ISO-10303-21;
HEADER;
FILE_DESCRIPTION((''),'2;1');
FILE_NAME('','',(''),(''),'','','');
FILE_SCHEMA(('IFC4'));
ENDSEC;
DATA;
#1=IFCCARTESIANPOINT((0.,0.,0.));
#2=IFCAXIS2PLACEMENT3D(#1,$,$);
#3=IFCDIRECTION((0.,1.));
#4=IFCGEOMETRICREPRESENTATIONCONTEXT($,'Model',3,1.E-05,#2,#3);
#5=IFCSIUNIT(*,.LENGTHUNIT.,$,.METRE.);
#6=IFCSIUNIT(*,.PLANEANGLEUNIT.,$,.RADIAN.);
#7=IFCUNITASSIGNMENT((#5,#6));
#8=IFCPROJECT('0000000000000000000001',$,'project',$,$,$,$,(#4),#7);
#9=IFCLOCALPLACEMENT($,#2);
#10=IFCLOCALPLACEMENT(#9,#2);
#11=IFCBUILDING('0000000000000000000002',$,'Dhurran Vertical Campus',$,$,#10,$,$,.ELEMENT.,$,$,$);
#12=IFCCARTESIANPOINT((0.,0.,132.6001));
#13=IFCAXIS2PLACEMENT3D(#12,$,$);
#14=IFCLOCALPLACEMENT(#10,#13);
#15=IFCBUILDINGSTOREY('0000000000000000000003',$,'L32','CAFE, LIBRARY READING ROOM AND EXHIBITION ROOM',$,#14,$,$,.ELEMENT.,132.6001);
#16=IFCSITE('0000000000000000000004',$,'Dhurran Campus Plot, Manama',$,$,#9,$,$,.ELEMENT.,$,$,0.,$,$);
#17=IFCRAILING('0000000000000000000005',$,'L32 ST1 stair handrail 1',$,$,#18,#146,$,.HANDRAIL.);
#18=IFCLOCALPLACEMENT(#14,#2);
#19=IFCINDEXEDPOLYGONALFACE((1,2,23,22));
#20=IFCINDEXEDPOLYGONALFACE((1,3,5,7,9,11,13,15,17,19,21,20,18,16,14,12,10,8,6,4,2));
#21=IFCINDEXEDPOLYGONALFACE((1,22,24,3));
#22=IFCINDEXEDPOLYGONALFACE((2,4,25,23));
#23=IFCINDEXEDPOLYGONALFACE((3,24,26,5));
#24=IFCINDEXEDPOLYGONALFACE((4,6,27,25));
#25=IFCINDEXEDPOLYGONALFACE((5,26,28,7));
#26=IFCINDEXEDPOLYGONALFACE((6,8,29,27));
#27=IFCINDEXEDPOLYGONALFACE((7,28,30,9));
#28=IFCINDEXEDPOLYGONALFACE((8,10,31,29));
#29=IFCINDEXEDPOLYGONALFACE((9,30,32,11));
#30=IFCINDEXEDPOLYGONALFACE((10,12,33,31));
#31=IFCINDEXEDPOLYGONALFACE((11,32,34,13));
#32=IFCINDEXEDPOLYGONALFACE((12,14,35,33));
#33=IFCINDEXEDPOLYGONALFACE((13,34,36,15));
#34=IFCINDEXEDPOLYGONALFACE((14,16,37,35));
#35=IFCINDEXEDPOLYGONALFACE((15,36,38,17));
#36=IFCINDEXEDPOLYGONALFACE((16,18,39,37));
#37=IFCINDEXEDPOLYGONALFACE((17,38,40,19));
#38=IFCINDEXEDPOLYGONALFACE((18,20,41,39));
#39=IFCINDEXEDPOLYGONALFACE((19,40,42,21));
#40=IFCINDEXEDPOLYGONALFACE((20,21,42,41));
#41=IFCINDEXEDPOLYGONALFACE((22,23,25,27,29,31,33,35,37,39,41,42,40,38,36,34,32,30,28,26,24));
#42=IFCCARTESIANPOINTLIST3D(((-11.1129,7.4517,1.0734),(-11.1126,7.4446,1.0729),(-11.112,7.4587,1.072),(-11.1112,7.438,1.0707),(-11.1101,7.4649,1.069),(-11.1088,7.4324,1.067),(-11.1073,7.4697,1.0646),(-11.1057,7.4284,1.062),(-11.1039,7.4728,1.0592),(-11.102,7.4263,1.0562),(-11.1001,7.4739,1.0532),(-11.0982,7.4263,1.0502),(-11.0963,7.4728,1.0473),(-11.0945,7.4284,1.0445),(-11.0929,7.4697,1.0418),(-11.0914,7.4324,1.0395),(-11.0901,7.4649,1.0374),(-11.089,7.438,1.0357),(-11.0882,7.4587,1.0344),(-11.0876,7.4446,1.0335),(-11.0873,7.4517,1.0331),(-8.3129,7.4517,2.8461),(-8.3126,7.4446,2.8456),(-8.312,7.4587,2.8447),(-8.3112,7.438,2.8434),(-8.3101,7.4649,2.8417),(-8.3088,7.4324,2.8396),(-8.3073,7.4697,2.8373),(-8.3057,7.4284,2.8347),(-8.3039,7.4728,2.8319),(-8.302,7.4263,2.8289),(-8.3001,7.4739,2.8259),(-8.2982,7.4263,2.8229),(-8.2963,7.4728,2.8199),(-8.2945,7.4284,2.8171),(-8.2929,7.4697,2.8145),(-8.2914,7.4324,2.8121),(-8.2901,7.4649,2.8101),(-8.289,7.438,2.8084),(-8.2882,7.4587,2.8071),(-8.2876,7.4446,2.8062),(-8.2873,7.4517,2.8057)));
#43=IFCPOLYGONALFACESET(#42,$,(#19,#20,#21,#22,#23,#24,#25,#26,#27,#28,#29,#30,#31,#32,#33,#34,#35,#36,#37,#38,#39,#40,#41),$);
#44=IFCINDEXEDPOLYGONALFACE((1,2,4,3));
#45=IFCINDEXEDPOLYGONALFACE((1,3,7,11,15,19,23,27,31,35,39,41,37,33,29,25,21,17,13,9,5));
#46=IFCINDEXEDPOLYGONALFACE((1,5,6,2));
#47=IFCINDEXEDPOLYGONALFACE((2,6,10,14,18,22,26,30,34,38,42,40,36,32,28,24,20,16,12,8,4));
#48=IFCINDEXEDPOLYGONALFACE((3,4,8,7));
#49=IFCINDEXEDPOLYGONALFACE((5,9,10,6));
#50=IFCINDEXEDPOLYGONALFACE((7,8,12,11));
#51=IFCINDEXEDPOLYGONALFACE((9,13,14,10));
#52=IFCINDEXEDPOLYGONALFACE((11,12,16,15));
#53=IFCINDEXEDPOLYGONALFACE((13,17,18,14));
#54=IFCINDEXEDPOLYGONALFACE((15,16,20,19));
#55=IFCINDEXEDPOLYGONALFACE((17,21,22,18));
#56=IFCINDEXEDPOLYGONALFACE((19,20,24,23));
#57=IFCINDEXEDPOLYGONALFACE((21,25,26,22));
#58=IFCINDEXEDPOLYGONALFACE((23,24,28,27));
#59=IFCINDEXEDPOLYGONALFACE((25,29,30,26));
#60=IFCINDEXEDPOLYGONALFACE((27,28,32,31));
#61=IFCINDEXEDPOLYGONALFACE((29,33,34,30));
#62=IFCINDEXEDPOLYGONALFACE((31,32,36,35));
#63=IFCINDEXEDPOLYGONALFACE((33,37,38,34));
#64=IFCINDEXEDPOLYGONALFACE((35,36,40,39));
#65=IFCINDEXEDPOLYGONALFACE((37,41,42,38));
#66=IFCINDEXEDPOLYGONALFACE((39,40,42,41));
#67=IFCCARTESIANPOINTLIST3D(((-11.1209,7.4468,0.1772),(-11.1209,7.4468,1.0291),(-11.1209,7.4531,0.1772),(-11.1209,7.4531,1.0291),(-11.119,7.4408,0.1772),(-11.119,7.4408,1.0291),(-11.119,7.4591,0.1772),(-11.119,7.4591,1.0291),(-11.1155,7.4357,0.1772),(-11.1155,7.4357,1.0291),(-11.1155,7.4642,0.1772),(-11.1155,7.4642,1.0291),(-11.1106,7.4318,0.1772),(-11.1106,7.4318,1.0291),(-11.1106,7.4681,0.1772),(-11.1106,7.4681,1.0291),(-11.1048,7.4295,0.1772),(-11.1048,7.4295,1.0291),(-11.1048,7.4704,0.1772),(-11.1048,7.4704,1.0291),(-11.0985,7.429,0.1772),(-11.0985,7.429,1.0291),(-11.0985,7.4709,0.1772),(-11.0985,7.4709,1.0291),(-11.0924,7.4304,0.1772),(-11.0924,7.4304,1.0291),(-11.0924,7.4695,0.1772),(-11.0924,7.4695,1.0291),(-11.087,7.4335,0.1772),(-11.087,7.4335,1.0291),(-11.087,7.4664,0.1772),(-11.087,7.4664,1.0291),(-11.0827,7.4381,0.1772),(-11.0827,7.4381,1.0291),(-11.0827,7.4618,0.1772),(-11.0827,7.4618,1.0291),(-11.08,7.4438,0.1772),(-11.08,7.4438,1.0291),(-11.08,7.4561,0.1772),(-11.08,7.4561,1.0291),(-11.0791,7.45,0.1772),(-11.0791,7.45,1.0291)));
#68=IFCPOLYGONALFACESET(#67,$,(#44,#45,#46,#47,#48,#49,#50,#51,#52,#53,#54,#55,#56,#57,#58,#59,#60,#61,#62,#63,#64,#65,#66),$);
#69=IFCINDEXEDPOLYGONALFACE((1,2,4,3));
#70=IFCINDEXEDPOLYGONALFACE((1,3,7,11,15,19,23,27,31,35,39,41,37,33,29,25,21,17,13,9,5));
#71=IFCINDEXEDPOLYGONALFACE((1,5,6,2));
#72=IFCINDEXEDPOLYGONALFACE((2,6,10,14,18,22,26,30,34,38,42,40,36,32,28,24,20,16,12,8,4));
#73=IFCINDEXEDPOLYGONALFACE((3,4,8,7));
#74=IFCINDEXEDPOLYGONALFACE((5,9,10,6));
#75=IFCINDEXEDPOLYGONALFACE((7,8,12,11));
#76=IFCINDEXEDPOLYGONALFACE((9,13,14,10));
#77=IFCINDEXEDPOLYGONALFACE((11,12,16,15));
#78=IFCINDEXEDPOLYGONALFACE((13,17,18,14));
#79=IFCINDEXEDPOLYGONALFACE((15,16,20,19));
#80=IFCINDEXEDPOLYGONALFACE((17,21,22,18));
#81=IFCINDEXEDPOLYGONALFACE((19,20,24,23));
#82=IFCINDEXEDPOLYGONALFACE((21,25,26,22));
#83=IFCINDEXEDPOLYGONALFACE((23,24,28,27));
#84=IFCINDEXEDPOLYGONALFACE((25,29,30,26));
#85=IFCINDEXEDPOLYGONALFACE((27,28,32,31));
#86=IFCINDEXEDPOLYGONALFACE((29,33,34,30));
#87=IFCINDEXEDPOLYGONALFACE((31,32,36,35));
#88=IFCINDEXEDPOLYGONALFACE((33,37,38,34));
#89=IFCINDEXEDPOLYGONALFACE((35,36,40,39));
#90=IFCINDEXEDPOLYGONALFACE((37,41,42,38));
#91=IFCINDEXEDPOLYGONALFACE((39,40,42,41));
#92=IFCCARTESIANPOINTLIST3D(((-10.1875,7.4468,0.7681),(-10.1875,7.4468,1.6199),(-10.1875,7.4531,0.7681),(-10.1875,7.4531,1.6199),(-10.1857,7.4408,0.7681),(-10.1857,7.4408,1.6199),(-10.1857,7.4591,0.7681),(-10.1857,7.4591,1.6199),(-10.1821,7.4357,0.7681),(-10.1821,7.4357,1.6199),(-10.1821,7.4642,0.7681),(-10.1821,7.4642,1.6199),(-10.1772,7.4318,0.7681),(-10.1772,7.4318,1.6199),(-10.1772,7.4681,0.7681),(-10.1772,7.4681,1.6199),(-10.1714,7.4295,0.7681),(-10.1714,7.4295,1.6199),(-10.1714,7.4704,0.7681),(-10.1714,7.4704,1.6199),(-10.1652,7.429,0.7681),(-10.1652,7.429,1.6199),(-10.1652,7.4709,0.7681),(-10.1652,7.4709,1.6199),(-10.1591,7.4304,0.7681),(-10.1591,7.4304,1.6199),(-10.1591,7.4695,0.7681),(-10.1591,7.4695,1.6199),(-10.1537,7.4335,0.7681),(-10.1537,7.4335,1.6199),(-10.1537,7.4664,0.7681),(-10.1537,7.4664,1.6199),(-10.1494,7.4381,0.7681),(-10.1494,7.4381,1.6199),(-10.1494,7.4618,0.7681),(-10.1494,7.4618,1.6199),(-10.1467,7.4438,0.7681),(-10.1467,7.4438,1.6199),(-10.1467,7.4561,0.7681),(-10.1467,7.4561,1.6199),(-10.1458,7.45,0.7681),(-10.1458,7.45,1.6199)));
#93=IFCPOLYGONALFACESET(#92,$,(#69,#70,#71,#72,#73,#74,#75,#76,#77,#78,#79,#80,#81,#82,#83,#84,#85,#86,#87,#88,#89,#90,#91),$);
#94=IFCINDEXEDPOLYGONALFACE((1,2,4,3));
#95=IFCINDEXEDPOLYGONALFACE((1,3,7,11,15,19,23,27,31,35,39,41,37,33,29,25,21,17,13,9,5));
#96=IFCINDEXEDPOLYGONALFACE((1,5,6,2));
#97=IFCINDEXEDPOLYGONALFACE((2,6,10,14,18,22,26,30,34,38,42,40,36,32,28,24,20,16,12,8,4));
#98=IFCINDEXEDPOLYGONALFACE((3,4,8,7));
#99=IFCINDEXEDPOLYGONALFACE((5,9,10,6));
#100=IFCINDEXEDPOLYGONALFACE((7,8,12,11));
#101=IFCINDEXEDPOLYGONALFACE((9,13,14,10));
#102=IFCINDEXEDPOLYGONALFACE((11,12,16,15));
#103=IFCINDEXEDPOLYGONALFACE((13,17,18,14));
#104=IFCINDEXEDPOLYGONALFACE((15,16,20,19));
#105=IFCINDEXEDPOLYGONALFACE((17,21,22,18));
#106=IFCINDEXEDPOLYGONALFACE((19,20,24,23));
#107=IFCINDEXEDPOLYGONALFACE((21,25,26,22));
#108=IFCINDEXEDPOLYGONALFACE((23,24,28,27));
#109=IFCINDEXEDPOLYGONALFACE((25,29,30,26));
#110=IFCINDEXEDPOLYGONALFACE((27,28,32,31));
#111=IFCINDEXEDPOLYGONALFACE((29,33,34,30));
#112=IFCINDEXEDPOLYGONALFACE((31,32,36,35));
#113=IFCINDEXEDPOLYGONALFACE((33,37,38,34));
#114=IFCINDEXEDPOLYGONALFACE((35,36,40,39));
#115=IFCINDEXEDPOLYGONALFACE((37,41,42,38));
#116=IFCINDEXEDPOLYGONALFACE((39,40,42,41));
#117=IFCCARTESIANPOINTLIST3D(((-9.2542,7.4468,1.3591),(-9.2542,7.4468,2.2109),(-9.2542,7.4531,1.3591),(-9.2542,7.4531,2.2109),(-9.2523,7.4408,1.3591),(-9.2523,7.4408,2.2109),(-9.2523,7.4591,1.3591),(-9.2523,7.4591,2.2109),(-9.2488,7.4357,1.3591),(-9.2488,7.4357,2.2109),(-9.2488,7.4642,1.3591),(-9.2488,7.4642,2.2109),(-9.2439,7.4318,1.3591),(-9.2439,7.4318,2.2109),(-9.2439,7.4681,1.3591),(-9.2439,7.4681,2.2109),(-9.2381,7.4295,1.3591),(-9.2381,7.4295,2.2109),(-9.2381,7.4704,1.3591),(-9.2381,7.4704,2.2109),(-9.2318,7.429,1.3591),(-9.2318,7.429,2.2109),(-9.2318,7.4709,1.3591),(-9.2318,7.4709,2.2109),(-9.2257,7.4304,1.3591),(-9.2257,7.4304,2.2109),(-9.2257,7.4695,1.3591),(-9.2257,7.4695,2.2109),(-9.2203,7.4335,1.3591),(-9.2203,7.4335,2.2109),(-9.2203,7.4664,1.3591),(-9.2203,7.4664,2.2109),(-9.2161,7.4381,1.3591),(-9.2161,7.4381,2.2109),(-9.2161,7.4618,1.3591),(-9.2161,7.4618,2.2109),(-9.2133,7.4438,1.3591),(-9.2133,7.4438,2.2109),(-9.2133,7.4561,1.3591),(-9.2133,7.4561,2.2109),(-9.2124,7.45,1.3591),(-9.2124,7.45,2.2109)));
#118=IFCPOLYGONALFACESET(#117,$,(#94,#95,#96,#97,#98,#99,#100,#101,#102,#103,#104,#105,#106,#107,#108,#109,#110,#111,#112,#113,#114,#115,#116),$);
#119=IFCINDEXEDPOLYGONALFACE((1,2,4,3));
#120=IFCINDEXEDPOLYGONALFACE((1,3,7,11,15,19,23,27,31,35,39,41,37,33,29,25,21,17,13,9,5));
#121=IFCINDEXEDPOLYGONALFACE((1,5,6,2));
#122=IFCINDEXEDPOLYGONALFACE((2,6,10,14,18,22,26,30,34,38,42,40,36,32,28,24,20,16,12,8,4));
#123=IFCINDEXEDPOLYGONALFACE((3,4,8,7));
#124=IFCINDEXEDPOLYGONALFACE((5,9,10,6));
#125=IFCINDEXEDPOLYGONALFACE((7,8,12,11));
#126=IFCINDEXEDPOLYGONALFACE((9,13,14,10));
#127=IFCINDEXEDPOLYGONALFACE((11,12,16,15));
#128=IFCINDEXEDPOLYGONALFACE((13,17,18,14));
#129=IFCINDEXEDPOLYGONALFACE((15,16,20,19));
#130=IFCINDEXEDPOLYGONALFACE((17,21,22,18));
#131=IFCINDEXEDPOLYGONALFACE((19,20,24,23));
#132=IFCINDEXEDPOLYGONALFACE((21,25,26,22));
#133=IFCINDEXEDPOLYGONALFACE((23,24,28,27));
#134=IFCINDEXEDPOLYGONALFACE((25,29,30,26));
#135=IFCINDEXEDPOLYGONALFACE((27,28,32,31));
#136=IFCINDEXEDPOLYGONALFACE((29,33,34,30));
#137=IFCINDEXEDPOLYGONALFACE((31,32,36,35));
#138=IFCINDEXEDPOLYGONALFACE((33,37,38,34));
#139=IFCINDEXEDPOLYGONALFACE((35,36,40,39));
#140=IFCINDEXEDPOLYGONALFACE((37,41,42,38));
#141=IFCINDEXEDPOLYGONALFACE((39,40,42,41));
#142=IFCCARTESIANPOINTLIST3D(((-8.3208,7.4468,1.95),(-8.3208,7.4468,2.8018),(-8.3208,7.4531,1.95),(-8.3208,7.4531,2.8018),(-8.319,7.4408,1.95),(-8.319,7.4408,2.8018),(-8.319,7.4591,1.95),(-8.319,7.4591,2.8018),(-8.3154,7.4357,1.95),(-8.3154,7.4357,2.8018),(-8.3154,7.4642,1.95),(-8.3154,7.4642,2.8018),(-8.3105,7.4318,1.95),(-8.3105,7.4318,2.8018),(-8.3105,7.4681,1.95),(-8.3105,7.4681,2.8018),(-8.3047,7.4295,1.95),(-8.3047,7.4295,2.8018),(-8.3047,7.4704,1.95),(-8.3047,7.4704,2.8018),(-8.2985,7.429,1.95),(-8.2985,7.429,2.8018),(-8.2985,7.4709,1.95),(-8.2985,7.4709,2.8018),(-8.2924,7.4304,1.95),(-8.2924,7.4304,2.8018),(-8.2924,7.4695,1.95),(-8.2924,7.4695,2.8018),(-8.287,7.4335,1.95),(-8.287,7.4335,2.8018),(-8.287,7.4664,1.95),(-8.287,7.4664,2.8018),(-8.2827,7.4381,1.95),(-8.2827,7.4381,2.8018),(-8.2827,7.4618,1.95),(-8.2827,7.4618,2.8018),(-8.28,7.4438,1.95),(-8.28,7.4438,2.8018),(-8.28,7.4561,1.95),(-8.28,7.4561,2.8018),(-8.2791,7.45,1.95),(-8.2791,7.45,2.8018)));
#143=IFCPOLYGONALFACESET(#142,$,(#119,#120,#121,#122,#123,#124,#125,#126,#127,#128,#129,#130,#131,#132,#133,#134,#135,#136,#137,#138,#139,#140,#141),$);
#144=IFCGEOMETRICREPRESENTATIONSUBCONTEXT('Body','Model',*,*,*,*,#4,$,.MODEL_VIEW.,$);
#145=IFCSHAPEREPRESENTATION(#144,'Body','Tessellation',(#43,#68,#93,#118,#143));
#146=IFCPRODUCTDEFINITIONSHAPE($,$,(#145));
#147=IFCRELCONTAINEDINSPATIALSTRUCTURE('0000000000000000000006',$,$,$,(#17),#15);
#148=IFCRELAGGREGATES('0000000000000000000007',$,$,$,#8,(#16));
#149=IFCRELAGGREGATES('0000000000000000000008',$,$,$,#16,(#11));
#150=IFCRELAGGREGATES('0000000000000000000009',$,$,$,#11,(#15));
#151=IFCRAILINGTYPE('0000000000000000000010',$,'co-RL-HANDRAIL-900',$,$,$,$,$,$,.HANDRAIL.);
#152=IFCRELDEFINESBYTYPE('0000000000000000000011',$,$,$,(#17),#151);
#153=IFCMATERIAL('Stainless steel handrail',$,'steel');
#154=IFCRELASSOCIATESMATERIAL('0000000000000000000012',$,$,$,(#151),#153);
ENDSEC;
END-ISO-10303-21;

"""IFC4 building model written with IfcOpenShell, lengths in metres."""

from ifc_helpers import new_model, si_unit, direction, frame, origin, origin_2d, place, context, subcontext, project, spatial, circle, extrude, material, type_object, element, save


model = new_model("IFC4")

# Units and contexts
model_context = context("Model", 3, precision=1e-05, world=origin(), true_north=direction((0.0, 1.0)))
body_context = subcontext(model_context, "Body", "Model", "MODEL_VIEW")
ifc_project = project(units=[si_unit("LENGTHUNIT", "METRE"), si_unit("PLANEANGLEUNIT", "RADIAN")], contexts=[model_context])

# Site, building, storey
site_placement = place(None, origin())
site = spatial("IfcSite", under=ifc_project, at=site_placement, Name="Dhurran Campus Plot, Manama", CompositionType="ELEMENT", RefElevation=0.0)
building_placement = place(site_placement, origin())
building = spatial("IfcBuilding", under=site, at=building_placement, Name="Dhurran Vertical Campus", CompositionType="ELEMENT")
storey_placement = place(building_placement, frame((0.0, 0.0, 132.6001)))
storey = spatial("IfcBuildingStorey", under=building, at=storey_placement, Name="L32", Description="CAFE, LIBRARY READING ROOM AND EXHIBITION ROOM", CompositionType="ELEMENT", Elevation=132.6001)

# Railing
ifc_material_1 = material(Name="Stainless steel handrail", Category="steel")
railing_type = type_object("IfcRailingType", Name="co-RL-HANDRAIL-900", PredefinedType="HANDRAIL", material=ifc_material_1)
railing_placement = place(storey_placement, frame((-11.1001, 7.45, 0.1772)))
element("IfcRailing", 1, at=railing_placement, inside=storey, type_object=railing_type, Name="L32 ST1 stair handrail 1", PredefinedType="HANDRAIL", context=body_context, shape_type="SweptSolid", body=[
    extrude(circle(Radius=0.0239, at=origin_2d()), frame((0.0, 0.0, 0.876), z_axis=(0.844909, 0.0, 0.53491), x_axis=(0.0, 1.0, 0.0)), (0.0, 0.0, 1.0), 3.314),
    extrude(circle(Radius=0.021, at=origin_2d()), origin(), (0.0, 0.0, 1.0), 0.8518),
    extrude(circle(Radius=0.021, at=origin_2d()), frame((0.9333, 0.0, 0.5908)), (0.0, 0.0, 1.0), 0.8518),
    extrude(circle(Radius=0.021, at=origin_2d()), frame((1.8667, 0.0, 1.1819)), (0.0, 0.0, 1.0), 0.8518),
    extrude(circle(Radius=0.021, at=origin_2d()), frame((2.8, 0.0, 1.7727)), (0.0, 0.0, 1.0), 0.8518),
])

save(model, "model.ifc")
